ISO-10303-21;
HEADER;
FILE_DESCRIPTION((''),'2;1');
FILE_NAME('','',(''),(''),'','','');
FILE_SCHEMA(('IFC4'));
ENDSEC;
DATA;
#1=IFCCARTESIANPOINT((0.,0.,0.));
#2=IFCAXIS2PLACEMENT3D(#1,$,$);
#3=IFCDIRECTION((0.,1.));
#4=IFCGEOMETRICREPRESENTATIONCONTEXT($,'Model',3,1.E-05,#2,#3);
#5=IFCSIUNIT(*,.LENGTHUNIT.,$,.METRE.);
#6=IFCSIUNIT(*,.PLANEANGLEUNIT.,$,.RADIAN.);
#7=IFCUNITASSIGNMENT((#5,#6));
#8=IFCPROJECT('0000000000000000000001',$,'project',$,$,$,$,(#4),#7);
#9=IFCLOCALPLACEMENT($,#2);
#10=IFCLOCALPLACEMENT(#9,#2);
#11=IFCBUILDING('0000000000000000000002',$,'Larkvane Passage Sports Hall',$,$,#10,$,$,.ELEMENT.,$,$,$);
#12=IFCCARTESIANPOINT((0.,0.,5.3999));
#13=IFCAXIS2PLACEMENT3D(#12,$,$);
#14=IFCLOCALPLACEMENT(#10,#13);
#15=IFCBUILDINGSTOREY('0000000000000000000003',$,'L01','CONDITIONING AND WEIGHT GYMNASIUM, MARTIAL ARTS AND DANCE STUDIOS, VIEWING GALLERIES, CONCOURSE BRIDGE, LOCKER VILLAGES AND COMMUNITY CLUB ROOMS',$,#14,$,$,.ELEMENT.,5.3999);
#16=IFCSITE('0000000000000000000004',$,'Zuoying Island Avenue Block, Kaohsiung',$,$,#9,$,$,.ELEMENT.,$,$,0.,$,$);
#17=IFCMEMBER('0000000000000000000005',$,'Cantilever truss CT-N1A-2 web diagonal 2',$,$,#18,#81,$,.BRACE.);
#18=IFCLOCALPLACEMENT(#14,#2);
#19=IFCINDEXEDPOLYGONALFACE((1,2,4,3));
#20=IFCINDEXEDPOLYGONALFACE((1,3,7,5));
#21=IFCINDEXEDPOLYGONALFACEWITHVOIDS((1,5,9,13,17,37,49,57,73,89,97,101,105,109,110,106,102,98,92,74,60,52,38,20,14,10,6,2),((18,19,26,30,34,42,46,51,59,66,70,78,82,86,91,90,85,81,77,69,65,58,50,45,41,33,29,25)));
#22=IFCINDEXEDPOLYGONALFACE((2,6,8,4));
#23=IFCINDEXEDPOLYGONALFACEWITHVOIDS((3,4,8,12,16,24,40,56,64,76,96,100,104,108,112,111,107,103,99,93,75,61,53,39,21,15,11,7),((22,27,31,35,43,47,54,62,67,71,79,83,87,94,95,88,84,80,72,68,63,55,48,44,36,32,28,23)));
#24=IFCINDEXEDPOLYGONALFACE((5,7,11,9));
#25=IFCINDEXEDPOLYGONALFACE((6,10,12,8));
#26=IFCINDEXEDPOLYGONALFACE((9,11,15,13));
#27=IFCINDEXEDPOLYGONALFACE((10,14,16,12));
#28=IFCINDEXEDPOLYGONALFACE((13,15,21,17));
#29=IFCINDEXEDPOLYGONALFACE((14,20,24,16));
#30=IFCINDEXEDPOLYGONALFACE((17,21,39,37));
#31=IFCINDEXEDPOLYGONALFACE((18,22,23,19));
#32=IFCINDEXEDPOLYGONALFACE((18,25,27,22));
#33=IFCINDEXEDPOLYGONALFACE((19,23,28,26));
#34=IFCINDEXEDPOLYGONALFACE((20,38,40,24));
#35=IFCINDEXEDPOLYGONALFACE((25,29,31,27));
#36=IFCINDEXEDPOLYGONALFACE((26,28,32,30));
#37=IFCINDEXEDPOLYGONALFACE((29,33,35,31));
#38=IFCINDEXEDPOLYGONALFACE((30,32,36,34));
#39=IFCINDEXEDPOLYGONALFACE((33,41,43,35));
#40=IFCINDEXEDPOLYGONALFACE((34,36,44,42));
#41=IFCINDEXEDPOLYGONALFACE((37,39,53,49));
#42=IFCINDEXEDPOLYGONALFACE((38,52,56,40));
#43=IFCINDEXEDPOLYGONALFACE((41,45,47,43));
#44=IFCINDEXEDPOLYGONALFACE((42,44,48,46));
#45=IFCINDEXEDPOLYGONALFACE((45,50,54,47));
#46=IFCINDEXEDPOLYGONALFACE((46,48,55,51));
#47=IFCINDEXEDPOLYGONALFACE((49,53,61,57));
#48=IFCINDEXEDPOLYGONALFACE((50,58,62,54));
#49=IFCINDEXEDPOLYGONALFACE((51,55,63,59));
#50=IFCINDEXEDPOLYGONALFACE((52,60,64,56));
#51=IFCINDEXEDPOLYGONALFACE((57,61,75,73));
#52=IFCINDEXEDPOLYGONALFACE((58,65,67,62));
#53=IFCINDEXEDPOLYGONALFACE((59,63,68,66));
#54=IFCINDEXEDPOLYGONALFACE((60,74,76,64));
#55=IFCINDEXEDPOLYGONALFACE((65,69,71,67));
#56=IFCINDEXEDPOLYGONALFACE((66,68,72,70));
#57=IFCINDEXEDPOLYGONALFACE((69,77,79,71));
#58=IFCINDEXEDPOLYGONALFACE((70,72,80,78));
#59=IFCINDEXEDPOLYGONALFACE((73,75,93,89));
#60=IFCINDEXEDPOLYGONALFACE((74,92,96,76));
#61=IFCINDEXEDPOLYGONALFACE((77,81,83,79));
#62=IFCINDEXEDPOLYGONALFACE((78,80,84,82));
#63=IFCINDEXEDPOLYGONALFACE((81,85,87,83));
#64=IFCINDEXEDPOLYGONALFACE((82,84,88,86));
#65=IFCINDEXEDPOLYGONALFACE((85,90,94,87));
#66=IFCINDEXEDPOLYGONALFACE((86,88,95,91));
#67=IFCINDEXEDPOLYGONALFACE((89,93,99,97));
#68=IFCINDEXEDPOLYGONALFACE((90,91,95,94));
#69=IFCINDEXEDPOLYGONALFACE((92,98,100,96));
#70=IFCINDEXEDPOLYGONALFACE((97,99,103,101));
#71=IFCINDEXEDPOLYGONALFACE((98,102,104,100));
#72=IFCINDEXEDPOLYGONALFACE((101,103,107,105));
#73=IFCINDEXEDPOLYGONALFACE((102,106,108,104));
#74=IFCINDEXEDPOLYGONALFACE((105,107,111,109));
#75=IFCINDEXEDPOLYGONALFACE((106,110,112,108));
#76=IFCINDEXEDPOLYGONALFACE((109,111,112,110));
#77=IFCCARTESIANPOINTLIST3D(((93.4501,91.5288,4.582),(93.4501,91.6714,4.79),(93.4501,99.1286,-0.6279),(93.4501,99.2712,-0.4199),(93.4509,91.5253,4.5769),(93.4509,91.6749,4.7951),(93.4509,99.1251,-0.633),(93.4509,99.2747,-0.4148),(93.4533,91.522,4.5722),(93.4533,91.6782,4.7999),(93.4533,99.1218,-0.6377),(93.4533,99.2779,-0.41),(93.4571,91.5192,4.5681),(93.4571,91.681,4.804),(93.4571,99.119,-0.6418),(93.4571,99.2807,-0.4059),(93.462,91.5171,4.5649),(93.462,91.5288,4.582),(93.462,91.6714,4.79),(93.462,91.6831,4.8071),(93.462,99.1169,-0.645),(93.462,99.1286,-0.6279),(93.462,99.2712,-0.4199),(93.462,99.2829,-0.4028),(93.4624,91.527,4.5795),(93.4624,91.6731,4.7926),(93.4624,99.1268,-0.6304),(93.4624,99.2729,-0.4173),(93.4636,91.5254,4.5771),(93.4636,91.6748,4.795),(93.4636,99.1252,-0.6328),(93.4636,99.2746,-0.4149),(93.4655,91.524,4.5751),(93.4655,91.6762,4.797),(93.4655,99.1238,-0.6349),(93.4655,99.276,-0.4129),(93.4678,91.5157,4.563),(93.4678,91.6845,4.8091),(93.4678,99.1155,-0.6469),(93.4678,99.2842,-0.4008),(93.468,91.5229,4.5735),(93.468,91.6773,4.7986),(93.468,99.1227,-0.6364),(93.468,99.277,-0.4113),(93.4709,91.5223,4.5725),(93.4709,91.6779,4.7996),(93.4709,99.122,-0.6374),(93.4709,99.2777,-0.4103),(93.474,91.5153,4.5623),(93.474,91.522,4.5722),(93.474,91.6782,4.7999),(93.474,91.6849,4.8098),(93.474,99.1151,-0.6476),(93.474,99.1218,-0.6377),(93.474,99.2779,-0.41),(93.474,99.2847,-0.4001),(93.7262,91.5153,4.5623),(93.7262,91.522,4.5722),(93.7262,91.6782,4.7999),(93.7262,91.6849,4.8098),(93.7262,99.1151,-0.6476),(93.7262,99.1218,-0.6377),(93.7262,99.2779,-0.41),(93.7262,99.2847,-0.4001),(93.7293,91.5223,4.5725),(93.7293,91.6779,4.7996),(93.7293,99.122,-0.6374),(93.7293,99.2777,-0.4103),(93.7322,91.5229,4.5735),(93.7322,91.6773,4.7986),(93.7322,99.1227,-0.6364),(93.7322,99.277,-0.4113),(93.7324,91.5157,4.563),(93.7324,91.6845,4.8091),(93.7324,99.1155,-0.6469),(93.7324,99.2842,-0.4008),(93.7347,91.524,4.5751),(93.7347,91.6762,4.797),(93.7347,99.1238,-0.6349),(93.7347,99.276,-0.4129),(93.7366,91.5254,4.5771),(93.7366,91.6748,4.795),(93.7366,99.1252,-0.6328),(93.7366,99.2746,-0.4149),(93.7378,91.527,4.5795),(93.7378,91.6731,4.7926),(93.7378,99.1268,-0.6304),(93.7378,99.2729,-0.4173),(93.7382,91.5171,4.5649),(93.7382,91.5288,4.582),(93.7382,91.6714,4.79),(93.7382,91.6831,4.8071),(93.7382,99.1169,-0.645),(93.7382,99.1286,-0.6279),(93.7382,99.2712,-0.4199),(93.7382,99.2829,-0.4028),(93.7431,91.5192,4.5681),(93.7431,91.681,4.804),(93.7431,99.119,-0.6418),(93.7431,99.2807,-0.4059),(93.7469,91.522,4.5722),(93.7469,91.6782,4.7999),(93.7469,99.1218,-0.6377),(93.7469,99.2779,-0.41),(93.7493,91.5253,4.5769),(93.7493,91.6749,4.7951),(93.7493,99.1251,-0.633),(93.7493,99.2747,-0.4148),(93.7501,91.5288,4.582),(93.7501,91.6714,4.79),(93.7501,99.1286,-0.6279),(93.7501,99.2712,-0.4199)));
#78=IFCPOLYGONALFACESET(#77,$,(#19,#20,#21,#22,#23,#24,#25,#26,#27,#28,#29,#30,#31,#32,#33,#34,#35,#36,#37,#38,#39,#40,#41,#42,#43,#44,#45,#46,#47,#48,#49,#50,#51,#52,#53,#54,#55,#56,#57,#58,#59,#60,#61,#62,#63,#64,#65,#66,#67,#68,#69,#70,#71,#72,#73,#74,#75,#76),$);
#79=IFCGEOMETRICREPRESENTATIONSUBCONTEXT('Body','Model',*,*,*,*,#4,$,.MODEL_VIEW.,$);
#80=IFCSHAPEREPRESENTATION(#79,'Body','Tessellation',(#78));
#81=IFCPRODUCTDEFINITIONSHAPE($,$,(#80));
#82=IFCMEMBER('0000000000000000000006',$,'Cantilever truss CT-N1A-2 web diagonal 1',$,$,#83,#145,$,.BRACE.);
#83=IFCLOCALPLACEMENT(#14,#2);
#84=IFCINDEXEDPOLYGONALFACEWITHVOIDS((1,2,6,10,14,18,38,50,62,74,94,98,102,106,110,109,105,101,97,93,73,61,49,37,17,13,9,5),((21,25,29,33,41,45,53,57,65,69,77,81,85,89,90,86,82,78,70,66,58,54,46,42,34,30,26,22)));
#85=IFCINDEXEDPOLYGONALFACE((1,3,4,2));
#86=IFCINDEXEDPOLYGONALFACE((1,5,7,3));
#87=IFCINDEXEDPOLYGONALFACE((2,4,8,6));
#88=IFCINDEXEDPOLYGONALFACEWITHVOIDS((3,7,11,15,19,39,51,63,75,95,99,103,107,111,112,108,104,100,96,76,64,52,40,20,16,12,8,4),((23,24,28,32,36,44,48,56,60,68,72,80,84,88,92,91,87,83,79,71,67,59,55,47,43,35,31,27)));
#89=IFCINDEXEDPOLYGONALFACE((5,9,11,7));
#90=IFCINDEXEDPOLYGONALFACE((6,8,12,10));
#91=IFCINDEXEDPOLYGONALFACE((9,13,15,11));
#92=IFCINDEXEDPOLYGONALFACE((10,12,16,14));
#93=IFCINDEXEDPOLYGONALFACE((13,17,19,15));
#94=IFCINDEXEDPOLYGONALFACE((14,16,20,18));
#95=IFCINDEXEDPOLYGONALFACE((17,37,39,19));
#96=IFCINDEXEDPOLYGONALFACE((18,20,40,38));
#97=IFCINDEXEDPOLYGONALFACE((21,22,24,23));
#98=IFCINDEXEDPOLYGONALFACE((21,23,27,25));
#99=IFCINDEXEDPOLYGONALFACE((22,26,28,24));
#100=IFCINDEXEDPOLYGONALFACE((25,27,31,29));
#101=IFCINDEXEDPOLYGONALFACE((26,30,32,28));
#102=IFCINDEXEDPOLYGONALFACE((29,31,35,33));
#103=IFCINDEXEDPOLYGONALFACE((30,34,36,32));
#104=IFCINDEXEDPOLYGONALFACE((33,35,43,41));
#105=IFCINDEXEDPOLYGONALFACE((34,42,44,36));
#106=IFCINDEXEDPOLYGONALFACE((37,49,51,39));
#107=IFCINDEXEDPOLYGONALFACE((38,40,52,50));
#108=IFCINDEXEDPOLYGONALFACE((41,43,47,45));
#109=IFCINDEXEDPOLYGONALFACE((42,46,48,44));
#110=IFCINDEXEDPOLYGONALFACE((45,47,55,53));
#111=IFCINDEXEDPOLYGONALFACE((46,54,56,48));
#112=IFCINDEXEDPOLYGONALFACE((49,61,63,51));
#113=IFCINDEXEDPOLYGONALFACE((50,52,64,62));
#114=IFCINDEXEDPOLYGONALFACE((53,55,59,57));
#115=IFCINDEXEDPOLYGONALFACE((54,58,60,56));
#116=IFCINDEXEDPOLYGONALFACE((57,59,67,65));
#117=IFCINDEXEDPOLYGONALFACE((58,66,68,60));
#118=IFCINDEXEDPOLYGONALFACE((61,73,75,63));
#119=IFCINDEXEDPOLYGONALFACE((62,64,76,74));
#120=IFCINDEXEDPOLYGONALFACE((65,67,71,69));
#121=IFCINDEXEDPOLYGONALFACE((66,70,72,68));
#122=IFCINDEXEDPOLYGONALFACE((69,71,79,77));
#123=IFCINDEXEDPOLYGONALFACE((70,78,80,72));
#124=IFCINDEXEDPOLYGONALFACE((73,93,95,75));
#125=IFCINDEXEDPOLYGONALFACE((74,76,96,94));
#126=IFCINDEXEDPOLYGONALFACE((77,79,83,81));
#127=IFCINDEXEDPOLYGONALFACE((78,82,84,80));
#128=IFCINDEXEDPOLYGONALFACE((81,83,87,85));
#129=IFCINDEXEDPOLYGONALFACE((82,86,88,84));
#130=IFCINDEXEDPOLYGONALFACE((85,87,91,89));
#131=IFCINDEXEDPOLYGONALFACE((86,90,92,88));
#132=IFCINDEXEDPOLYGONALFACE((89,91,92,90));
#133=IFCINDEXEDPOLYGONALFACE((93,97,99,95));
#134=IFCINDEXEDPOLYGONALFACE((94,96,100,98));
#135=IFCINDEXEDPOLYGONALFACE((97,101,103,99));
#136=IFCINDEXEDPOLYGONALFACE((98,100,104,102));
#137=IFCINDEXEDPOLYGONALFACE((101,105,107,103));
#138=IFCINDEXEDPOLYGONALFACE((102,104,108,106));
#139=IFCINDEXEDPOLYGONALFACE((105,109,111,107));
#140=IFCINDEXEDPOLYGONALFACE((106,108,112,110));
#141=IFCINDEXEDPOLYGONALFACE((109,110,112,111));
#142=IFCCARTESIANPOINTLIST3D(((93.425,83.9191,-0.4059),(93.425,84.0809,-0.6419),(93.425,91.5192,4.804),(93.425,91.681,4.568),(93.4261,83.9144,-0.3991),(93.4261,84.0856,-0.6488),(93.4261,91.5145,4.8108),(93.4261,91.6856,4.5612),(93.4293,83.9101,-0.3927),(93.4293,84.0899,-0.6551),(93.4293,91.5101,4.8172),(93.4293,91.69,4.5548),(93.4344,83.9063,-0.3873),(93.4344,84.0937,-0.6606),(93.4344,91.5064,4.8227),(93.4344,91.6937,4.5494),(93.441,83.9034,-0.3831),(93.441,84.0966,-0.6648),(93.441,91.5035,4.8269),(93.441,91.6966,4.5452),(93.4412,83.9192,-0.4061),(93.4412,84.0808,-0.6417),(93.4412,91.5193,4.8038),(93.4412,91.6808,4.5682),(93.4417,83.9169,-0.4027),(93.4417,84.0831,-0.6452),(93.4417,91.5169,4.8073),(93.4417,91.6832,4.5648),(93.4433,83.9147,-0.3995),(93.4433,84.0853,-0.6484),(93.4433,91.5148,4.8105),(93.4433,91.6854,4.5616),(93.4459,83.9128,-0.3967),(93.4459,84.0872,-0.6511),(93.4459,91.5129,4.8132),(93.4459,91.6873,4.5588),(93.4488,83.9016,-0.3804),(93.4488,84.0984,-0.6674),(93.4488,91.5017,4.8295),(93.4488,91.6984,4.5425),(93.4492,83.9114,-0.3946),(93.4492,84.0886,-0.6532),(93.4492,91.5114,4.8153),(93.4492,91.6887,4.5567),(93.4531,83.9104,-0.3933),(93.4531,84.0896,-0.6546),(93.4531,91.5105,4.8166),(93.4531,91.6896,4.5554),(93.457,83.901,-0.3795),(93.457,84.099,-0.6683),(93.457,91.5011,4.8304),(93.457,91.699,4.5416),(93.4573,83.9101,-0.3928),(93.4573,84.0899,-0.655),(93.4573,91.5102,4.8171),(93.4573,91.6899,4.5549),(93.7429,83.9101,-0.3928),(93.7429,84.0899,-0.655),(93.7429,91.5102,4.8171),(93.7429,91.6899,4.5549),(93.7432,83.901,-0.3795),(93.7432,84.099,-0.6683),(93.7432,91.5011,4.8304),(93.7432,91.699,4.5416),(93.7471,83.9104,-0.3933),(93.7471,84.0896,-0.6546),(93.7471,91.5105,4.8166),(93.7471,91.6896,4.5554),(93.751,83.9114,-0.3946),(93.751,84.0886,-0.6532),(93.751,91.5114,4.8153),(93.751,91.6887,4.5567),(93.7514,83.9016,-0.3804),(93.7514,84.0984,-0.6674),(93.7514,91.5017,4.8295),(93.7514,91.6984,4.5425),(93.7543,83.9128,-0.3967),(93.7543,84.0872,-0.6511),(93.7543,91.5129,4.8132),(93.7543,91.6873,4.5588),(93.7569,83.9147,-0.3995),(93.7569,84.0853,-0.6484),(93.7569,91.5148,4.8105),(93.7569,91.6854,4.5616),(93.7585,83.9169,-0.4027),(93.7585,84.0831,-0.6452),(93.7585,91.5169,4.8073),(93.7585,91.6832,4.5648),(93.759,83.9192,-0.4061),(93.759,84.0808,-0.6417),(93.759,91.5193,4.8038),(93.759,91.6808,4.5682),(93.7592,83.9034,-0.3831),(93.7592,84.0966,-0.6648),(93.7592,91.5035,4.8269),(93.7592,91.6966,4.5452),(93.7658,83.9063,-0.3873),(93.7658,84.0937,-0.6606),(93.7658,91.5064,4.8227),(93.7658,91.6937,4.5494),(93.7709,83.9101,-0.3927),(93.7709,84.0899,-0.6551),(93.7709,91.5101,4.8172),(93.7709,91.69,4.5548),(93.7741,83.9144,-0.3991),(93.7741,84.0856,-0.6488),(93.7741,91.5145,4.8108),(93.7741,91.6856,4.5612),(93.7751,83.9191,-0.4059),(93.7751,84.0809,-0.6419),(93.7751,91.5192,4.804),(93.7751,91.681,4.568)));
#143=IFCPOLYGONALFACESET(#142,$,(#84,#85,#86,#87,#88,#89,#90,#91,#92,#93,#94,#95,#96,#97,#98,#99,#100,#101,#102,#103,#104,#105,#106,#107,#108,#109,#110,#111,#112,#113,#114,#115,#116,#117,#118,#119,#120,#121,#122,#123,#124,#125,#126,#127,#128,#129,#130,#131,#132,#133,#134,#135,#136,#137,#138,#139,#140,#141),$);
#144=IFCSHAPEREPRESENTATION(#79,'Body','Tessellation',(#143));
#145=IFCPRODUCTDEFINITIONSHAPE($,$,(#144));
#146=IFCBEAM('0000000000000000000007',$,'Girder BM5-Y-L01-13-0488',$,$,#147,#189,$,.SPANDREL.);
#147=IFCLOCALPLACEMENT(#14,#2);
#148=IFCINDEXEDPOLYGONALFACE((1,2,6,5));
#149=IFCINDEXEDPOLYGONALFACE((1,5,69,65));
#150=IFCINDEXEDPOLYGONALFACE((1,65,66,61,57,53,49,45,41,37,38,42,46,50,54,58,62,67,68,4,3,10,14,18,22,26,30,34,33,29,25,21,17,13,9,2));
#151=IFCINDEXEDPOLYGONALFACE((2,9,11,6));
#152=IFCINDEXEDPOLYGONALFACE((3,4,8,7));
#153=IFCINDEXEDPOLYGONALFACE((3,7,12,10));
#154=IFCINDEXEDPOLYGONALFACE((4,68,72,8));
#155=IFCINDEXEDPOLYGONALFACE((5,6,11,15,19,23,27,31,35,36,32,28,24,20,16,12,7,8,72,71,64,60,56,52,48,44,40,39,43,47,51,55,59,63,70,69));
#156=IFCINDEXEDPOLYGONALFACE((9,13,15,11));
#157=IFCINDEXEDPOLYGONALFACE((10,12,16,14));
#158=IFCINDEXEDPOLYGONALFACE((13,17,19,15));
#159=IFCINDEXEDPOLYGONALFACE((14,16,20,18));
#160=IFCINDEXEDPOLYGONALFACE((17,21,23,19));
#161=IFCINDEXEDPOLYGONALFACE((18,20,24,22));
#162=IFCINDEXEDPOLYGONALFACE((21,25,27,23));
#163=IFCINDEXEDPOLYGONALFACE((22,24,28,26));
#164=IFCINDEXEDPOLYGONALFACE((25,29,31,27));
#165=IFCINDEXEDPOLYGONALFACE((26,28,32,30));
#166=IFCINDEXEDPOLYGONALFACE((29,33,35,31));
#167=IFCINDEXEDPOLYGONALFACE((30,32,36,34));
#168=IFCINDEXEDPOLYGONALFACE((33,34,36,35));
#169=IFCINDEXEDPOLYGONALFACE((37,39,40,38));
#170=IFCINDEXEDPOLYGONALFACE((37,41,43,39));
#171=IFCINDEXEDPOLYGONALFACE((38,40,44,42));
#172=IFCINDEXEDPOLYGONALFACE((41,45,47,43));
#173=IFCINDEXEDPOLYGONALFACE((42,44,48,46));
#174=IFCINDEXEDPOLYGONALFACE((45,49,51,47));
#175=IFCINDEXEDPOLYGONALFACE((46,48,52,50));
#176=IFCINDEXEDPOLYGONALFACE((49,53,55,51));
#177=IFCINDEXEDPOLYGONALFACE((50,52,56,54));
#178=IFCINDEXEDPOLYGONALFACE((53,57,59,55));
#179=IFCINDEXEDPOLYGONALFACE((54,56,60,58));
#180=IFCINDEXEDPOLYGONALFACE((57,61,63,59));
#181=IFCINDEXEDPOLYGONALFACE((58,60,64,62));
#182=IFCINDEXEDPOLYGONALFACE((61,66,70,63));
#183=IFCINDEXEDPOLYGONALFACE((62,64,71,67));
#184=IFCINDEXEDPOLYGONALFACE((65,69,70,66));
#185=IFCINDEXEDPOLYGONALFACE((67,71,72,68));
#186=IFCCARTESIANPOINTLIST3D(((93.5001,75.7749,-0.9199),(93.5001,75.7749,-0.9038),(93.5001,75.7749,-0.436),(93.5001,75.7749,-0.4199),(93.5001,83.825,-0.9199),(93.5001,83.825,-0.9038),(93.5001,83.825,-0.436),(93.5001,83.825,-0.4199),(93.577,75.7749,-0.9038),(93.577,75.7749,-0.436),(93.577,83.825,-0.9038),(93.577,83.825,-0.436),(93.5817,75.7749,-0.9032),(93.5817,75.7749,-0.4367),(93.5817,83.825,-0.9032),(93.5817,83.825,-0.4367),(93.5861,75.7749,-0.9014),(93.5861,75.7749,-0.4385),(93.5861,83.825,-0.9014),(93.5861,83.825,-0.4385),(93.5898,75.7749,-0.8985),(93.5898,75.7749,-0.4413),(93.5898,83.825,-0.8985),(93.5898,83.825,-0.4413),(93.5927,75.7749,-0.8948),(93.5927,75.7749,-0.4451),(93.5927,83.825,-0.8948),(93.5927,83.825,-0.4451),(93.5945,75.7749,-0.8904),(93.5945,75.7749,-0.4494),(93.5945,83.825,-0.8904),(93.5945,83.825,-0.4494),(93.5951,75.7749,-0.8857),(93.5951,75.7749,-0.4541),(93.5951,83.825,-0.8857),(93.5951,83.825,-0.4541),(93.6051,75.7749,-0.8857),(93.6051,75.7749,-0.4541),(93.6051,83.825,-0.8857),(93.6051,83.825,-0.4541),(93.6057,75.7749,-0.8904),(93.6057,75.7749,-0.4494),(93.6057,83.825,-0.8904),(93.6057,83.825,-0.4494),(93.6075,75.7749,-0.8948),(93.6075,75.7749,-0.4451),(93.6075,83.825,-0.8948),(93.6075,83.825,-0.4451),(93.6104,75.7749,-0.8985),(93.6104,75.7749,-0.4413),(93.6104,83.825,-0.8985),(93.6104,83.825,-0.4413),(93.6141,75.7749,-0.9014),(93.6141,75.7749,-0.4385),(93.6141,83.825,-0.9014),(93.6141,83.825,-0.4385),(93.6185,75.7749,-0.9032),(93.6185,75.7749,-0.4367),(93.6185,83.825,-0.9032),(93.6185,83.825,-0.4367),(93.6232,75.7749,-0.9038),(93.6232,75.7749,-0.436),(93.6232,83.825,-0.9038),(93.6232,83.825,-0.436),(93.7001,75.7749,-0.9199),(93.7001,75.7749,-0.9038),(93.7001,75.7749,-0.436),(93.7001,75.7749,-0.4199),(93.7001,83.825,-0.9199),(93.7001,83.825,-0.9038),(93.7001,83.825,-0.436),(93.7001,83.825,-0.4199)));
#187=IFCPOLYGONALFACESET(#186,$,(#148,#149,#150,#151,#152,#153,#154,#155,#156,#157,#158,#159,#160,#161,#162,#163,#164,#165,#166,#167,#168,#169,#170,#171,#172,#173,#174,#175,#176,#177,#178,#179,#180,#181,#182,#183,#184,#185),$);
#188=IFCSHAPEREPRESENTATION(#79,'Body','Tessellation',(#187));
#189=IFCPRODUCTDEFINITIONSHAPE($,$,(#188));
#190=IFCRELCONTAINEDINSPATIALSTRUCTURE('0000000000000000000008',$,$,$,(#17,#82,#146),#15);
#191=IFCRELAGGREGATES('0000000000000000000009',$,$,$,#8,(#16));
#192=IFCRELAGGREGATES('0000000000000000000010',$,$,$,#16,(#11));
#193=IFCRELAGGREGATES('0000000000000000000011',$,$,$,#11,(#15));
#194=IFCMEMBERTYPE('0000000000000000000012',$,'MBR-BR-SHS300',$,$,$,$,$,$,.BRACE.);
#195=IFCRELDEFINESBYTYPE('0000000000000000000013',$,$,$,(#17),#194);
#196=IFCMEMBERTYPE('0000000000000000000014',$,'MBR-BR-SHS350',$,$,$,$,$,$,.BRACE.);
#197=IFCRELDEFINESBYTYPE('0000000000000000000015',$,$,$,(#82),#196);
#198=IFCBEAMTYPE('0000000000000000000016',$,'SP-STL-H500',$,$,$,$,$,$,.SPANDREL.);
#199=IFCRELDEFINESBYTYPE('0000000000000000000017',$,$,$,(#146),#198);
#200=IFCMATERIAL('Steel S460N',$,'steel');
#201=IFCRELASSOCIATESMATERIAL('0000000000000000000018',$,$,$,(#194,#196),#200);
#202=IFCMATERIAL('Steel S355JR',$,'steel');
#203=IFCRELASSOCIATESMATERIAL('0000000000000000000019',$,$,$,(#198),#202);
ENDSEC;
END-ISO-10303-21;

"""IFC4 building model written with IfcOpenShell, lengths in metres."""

from ifc_helpers import new_model, si_unit, direction, frame, origin, origin_2d, place, context, subcontext, project, spatial, hollow_rectangle, i_section, extrude, material, material_profile, profile_set, type_object, element, save


model = new_model("IFC4")

# Units and contexts
model_context = context("Model", 3, precision=1e-05, world=origin(), true_north=direction((0.0, 1.0)))
body_context = subcontext(model_context, "Body", "Model", "MODEL_VIEW")
ifc_project = project(units=[si_unit("LENGTHUNIT", "METRE"), si_unit("PLANEANGLEUNIT", "RADIAN")], contexts=[model_context])

# Site, building, storey
site_placement = place(None, origin())
site = spatial("IfcSite", under=ifc_project, at=site_placement, Name="Zuoying Island Avenue Block, Kaohsiung", CompositionType="ELEMENT", RefElevation=0.0)
building_placement = place(site_placement, origin())
building = spatial("IfcBuilding", under=site, at=building_placement, Name="Larkvane Passage Sports Hall", CompositionType="ELEMENT")
storey_placement = place(building_placement, frame((0.0, 0.0, 5.3999)))
storey = spatial("IfcBuildingStorey", under=building, at=storey_placement, Name="L01", Description="CONDITIONING AND WEIGHT GYMNASIUM, MARTIAL ARTS AND DANCE STUDIOS, VIEWING GALLERIES, CONCOURSE BRIDGE, LOCKER VILLAGES AND COMMUNITY CLUB ROOMS", CompositionType="ELEMENT", Elevation=5.3999)

# Shared definitions
ifc_material_1 = material(Name="Steel S355JR", Category="steel")

# Shared definitions
ifc_material_2 = material(Name="Steel S460N", Category="steel")

# Members
ifc_material_profile_1 = material_profile(ifc_material_2, hollow_rectangle(XDim=0.3, YDim=0.3, WallThickness=0.012, InnerFilletRadius=0.012, OuterFilletRadius=0.0239, at=origin_2d()), Name="SHS-300x300x12")
ifc_profile_set_1 = profile_set([ifc_material_profile_1], Name="Steel S460N")
member_type_1 = type_object("IfcMemberType", Name="MBR-BR-SHS300", PredefinedType="BRACE", material=ifc_profile_set_1)
member_1_placement = place(storey_placement, frame((93.6001, 91.6001, 4.686), z_axis=(0.0, 0.824798, -0.565427), x_axis=(-1.0, 0.0, 0.0)))
element("IfcMember", 1, at=member_1_placement, inside=storey, type_object=member_type_1, Name="Cantilever truss CT-N1A-2 web diagonal 2", PredefinedType="BRACE", context=body_context, shape_type="SweptSolid", body=[
    extrude(hollow_rectangle(XDim=0.3, YDim=0.3, WallThickness=0.012, InnerFilletRadius=0.012, OuterFilletRadius=0.0239, at=origin_2d()), origin(), (0.0, 0.0, 1.0), 9.2141),
])
ifc_material_profile_2 = material_profile(ifc_material_2, hollow_rectangle(XDim=0.3501, YDim=0.3501, WallThickness=0.0161, InnerFilletRadius=0.0161, OuterFilletRadius=0.032, at=origin_2d()), Name="SHS-350x350x16")
ifc_profile_set_2 = profile_set([ifc_material_profile_2], Name="Steel S460N")
member_type_2 = type_object("IfcMemberType", Name="MBR-BR-SHS350", PredefinedType="BRACE", material=ifc_profile_set_2)
member_2_placement = place(storey_placement, frame((93.6001, 84.0, -0.5239), z_axis=(0.0, 0.824807, 0.565415), x_axis=(-1.0, 0.0, 0.0)))
element("IfcMember", 2, at=member_2_placement, inside=storey, type_object=member_type_2, Name="Cantilever truss CT-N1A-2 web diagonal 1", PredefinedType="BRACE", context=body_context, shape_type="SweptSolid", body=[
    extrude(hollow_rectangle(XDim=0.3501, YDim=0.3501, WallThickness=0.0161, InnerFilletRadius=0.0161, OuterFilletRadius=0.032, at=origin_2d()), origin(), (0.0, 0.0, 1.0), 9.2144),
])

# Beam
ifc_material_profile_3 = material_profile(ifc_material_1, i_section(OverallWidth=0.2, OverallDepth=0.5, WebThickness=0.01, FlangeThickness=0.0161, FilletRadius=0.0181, at=origin_2d()), Name="H-500x200x10x16")
ifc_profile_set_3 = profile_set([ifc_material_profile_3], Name="Steel S355JR")
beam_type_1 = type_object("IfcBeamType", Name="SP-STL-H500", PredefinedType="SPANDREL", material=ifc_profile_set_3)
beam_1_placement = place(storey_placement, frame((93.6001, 75.7749, -0.6699), z_axis=(0.0, 1.0, 0.0), x_axis=(-1.0, 0.0, 0.0)))
element("IfcBeam", 3, at=beam_1_placement, inside=storey, type_object=beam_type_1, Name="Girder BM5-Y-L01-13-0488", PredefinedType="SPANDREL", context=body_context, shape_type="SweptSolid", body=[
    extrude(i_section(OverallWidth=0.2, OverallDepth=0.5, WebThickness=0.01, FlangeThickness=0.0161, FilletRadius=0.0181, at=origin_2d()), origin(), (0.0, 0.0, 1.0), 8.05),
])

save(model, "model.ifc")
